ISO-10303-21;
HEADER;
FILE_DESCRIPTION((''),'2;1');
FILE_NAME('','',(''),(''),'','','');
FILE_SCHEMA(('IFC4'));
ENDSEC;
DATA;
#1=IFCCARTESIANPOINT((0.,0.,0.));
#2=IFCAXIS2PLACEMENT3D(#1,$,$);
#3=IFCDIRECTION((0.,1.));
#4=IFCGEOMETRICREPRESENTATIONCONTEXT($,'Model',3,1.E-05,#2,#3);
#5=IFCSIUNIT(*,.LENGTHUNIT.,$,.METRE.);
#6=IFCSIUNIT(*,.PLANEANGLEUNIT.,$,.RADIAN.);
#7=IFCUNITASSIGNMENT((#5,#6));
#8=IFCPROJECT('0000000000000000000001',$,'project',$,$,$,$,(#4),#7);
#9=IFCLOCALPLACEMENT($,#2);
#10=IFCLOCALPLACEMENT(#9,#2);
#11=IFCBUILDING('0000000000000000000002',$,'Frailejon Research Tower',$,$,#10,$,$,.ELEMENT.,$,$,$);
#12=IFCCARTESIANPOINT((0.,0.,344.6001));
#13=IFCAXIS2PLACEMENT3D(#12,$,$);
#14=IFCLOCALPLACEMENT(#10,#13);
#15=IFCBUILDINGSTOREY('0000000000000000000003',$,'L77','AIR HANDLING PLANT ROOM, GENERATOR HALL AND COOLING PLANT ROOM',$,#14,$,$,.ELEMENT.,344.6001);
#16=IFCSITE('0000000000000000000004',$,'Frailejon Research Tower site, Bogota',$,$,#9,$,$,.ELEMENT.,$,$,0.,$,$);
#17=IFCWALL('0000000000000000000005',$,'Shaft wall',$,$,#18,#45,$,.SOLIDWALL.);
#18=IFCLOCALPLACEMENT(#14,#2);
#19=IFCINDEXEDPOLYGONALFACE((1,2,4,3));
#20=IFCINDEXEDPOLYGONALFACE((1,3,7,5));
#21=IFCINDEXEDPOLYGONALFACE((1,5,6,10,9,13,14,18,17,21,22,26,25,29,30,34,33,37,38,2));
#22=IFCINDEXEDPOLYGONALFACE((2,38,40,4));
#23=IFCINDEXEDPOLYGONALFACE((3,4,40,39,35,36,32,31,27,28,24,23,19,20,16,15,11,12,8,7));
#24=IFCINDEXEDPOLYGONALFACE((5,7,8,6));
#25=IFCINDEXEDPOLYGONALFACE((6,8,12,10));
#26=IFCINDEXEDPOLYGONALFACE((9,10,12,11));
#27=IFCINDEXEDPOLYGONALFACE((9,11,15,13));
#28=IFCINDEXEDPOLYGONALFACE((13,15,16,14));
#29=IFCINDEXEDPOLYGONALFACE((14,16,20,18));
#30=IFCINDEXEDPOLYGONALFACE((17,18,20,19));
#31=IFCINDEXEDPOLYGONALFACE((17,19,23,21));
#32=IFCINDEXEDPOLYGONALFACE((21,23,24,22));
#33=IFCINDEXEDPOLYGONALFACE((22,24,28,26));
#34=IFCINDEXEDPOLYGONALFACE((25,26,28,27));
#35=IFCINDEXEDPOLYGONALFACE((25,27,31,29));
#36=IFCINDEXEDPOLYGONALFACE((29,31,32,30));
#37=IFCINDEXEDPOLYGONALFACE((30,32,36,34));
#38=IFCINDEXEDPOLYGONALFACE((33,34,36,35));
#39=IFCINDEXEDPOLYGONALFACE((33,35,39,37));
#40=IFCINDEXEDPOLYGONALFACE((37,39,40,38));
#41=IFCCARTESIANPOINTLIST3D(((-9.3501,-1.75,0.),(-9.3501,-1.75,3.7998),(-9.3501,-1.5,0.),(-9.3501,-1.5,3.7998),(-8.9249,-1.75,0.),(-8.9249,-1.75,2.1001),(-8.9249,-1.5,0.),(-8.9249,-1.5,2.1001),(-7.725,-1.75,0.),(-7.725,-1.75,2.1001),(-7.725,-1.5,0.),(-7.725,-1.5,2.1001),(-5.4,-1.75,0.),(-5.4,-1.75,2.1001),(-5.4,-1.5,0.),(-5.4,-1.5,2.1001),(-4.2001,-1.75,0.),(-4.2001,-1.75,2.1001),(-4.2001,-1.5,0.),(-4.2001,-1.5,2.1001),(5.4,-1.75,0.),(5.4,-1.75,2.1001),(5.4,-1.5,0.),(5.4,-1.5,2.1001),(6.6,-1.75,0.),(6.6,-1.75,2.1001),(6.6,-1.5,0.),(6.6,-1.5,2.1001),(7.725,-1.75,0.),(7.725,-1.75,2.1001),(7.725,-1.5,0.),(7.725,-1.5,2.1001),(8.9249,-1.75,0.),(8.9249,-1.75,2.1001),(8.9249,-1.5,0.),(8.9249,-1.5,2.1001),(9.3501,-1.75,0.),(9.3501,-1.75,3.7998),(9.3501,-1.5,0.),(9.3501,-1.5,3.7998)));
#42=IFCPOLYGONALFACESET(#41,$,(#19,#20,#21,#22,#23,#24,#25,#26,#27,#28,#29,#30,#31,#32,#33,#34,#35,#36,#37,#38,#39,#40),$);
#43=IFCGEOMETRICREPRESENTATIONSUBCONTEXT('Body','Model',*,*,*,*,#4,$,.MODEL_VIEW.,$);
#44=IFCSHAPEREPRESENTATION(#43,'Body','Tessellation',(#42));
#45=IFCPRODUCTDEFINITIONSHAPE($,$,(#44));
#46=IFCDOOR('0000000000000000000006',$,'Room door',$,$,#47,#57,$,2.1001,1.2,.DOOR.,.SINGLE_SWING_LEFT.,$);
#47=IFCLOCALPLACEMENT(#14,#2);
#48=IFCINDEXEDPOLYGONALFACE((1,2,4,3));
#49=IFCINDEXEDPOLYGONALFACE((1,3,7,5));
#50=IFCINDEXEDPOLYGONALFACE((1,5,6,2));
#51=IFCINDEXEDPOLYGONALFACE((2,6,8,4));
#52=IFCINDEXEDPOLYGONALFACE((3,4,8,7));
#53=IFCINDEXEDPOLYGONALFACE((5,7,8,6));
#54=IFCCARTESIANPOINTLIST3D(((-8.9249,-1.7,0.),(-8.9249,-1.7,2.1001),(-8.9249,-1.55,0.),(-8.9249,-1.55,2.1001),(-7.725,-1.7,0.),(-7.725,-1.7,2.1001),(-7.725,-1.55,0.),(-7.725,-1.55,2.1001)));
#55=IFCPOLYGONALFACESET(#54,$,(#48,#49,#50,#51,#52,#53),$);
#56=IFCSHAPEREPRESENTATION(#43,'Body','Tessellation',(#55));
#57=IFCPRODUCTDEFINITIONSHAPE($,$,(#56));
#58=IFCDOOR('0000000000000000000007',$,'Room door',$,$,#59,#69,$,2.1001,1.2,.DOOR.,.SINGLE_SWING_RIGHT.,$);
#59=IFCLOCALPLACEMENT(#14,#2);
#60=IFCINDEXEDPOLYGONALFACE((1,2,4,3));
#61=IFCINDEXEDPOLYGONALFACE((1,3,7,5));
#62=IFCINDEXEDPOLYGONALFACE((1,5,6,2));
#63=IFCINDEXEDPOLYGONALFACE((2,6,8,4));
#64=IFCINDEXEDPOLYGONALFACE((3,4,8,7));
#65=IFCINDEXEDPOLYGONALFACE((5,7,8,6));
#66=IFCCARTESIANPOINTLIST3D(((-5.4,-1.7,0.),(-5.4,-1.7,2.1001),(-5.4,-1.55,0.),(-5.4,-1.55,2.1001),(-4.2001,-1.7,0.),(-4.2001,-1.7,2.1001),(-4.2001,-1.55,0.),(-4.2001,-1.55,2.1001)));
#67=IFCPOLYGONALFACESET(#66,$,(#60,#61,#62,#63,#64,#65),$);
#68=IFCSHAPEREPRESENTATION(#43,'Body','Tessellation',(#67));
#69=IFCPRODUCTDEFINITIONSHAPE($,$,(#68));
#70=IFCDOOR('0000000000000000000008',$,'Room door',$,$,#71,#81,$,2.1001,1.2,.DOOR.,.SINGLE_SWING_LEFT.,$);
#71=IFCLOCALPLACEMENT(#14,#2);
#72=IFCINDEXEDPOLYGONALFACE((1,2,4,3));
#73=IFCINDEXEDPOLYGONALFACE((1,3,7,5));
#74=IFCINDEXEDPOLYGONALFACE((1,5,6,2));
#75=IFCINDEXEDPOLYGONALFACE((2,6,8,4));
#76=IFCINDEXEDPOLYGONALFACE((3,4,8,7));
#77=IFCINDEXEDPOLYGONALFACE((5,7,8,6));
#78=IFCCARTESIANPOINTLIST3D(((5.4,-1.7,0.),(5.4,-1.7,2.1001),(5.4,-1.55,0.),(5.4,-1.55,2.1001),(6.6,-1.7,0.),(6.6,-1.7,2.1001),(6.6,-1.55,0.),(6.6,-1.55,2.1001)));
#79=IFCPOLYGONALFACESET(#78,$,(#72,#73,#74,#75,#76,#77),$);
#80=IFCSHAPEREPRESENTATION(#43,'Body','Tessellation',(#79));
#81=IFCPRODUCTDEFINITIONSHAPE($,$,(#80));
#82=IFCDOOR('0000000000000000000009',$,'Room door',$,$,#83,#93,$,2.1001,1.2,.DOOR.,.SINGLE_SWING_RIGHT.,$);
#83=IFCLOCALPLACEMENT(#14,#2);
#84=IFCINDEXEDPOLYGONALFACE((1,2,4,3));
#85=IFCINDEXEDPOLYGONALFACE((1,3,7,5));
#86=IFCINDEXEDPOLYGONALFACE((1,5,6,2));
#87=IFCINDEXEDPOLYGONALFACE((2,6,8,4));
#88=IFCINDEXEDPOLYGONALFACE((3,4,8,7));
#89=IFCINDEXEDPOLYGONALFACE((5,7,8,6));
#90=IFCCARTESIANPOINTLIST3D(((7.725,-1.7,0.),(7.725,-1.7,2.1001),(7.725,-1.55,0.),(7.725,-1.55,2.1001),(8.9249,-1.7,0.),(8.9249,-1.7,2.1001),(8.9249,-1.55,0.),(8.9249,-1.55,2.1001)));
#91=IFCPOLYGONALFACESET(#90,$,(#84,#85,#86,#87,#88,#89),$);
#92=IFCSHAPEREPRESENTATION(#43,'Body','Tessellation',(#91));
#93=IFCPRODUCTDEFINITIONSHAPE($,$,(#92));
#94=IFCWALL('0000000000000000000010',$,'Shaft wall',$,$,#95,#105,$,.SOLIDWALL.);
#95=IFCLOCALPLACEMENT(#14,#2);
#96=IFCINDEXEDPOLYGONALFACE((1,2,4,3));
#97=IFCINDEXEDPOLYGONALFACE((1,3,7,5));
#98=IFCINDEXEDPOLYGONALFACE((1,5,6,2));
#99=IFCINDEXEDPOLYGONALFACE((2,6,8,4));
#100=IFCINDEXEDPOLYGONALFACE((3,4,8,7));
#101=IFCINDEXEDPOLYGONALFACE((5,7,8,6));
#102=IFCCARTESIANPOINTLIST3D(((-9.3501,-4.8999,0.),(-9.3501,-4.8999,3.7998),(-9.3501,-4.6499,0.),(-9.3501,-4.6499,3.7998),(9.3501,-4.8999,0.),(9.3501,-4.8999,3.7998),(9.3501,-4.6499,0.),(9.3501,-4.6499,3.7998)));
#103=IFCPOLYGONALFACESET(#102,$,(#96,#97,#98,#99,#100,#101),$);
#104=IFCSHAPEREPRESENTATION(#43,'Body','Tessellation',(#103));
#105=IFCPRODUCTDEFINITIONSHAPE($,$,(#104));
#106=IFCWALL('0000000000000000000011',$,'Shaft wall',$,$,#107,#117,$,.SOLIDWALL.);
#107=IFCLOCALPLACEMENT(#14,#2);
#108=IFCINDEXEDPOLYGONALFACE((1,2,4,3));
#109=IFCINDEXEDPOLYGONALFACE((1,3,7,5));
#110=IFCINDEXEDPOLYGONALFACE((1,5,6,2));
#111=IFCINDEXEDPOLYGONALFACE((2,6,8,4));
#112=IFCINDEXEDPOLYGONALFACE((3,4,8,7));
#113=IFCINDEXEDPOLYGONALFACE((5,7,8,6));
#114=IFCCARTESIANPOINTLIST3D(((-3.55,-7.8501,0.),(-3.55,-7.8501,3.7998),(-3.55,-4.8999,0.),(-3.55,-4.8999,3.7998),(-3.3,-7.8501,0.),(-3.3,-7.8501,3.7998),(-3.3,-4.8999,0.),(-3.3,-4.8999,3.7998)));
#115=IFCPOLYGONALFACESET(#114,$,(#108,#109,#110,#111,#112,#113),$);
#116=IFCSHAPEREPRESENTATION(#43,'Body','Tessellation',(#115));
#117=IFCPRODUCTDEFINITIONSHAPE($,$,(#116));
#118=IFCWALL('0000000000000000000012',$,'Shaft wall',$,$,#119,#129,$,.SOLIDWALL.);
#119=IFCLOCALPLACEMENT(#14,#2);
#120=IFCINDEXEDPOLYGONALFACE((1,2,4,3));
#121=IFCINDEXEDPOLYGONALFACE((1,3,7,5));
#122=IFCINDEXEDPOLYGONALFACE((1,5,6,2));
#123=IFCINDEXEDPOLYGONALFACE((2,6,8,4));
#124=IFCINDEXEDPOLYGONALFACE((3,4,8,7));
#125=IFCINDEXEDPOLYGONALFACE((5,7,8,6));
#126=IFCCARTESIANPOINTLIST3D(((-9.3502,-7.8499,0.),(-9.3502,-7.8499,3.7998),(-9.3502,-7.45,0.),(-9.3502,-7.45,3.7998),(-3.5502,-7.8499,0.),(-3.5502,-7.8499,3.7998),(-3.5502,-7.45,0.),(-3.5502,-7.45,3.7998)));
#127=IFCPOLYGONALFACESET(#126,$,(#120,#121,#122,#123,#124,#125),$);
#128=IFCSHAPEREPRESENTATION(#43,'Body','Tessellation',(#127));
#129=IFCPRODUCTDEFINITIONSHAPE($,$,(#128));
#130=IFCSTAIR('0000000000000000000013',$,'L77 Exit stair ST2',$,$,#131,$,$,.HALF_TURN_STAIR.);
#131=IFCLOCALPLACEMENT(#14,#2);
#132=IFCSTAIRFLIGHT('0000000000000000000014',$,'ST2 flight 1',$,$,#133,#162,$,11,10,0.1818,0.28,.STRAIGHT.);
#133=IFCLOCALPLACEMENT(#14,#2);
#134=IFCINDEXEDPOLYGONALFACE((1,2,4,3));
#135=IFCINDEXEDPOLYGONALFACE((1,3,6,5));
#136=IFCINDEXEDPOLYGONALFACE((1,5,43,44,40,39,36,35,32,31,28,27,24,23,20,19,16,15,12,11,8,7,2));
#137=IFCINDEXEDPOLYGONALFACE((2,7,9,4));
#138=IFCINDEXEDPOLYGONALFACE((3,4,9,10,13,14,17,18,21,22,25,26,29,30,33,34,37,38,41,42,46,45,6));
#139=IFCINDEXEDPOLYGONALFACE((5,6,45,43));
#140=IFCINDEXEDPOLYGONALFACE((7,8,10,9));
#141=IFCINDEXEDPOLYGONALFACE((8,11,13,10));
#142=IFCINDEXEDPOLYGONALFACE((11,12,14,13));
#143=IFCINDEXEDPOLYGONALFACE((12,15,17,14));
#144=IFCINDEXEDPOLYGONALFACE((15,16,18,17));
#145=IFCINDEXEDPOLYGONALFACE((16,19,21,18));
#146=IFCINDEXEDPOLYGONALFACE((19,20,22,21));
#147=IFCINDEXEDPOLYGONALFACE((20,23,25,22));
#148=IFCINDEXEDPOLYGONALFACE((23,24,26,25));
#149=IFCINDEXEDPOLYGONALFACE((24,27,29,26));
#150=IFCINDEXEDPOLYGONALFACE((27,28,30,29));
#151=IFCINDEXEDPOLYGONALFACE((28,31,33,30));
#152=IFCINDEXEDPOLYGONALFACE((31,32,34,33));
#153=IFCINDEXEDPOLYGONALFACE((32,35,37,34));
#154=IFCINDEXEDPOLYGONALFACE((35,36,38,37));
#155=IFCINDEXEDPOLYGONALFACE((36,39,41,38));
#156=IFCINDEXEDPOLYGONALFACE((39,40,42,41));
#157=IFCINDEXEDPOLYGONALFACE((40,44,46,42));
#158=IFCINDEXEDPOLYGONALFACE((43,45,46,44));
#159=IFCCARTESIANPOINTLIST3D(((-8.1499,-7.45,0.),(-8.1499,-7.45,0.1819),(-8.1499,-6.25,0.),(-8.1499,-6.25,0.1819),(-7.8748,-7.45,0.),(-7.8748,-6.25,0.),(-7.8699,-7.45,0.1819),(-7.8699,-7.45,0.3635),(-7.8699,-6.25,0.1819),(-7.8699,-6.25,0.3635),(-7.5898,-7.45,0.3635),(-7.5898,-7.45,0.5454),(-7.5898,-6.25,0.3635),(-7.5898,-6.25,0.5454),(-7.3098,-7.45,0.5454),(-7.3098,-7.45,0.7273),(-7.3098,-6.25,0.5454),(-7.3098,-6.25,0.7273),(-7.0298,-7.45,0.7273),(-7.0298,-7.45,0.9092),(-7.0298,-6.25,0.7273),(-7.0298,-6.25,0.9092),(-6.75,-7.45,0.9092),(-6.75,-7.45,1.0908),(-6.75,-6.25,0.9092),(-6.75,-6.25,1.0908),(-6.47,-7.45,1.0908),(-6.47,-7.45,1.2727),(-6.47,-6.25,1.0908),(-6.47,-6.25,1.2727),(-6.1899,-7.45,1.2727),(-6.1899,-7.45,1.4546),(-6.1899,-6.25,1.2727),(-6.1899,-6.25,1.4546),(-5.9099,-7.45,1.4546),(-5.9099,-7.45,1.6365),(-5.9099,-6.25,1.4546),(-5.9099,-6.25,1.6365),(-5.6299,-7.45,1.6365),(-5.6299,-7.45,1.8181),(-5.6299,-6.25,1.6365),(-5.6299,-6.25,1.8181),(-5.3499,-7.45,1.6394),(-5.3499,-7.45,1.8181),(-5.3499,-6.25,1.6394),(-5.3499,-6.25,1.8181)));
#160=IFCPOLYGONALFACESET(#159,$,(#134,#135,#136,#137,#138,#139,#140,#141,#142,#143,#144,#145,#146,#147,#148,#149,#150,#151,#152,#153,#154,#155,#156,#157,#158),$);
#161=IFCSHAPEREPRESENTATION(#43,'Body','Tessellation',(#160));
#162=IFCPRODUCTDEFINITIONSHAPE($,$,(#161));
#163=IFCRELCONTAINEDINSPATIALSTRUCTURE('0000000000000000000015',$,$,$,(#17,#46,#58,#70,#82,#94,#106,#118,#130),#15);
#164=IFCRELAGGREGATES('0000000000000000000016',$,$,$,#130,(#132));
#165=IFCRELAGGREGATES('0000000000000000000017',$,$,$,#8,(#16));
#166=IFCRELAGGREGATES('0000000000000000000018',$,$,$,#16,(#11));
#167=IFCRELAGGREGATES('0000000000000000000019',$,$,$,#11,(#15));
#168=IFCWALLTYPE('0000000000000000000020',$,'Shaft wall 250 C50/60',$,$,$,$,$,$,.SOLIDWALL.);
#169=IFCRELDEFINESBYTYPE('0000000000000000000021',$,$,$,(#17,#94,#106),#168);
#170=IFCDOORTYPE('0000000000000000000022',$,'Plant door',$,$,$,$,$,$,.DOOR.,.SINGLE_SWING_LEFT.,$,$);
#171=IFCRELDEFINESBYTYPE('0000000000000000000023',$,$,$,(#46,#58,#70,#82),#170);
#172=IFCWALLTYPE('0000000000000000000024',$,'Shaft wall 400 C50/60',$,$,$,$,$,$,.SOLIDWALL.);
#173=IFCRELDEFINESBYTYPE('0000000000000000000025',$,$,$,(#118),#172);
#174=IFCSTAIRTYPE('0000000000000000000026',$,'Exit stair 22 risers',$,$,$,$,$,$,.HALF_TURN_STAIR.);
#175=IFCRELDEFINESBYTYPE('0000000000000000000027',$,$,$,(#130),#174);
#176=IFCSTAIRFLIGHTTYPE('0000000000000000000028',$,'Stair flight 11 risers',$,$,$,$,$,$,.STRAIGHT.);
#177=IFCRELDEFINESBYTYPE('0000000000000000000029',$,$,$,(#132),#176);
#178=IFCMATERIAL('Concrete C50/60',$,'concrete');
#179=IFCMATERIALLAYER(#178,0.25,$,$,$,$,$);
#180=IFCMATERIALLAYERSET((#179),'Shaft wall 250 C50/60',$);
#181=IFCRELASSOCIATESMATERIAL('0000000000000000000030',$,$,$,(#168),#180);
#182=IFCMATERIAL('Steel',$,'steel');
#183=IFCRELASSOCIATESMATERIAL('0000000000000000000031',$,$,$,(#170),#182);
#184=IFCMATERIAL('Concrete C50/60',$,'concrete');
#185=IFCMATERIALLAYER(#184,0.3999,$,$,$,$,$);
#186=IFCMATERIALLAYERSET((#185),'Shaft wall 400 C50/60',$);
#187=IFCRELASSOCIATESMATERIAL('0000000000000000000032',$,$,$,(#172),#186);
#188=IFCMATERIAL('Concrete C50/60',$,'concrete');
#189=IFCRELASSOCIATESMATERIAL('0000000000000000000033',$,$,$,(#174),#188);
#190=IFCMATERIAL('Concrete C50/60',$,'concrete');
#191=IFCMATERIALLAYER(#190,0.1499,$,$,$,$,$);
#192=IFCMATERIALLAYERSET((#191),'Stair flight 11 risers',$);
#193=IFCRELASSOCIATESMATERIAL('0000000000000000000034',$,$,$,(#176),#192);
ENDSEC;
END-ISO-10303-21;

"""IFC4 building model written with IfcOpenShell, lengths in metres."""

from ifc_helpers import new_model, si_unit, direction, frame, frame_2d, origin, place, context, subcontext, project, spatial, polyline, rectangle, outline, extrude, material, layer, layer_set, type_object, element, fill, aggregate, save


model = new_model("IFC4")

# Units and contexts
model_context = context("Model", 3, precision=1e-05, world=origin(), true_north=direction((0.0, 1.0)))
body_context = subcontext(model_context, "Body", "Model", "MODEL_VIEW")
ifc_project = project(units=[si_unit("LENGTHUNIT", "METRE"), si_unit("PLANEANGLEUNIT", "RADIAN")], contexts=[model_context])

# Site, building, storey
site_placement = place(None, origin())
site = spatial("IfcSite", under=ifc_project, at=site_placement, Name="Frailejon Research Tower site, Bogota", CompositionType="ELEMENT", RefElevation=0.0)
building_placement = place(site_placement, origin())
building = spatial("IfcBuilding", under=site, at=building_placement, Name="Frailejon Research Tower", CompositionType="ELEMENT")
storey_placement = place(building_placement, frame((0.0, 0.0, 344.6001)))
storey = spatial("IfcBuildingStorey", under=building, at=storey_placement, Name="L77", Description="AIR HANDLING PLANT ROOM, GENERATOR HALL AND COOLING PLANT ROOM", CompositionType="ELEMENT", Elevation=344.6001)

# Wall, openings, doors
ifc_material_1 = material(Name="Concrete C50/60", Category="concrete")
ifc_layer_1 = layer(ifc_material_1, 0.25)
ifc_layer_set_1 = layer_set([ifc_layer_1], Name="Shaft wall 250 C50/60")
wall_type_1 = type_object("IfcWallType", Name="Shaft wall 250 C50/60", PredefinedType="SOLIDWALL", material=ifc_layer_set_1)
ifc_material_2 = material(Name="Steel", Category="steel")
door_type_1 = type_object("IfcDoorType", Name="Plant door", OperationType="SINGLE_SWING_LEFT", PredefinedType="DOOR", material=ifc_material_2)
wall_1_placement = place(storey_placement, frame((-9.3501, -1.625, 0.0), z_axis=(0.0, 0.0, 1.0), x_axis=(1.0, 0.0, 0.0)))
wall_1 = element("IfcWall", 1, at=wall_1_placement, inside=storey, type_object=wall_type_1, Name="Shaft wall", PredefinedType="SOLIDWALL", context=body_context, shape_type="SweptSolid", body=[
    extrude(rectangle(XDim=18.7002, YDim=0.25, at=frame_2d((9.3501, 0.0))), origin(), (0.0, 0.0, 1.0), 3.7998),
])
opening_1_placement = place(wall_1_placement, frame((0.425, 0.0, 0.0)))
opening_1 = element("IfcOpeningElement", 2, at=opening_1_placement, cuts=wall_1, PredefinedType="OPENING", context=body_context, shape_type="SweptSolid", body=[
    extrude(rectangle(XDim=1.2, YDim=2.1001, at=frame_2d((0.6001, 1.05))), frame((0.0, 0.135, 0.0), z_axis=(0.0, -1.0, 0.0), x_axis=(1.0, 0.0, 0.0)), (0.0, 0.0, 1.0), 0.27),
])
opening_2_placement = place(wall_1_placement, frame((3.95, 0.0, 0.0)))
opening_2 = element("IfcOpeningElement", 3, at=opening_2_placement, cuts=wall_1, PredefinedType="OPENING", context=body_context, shape_type="SweptSolid", body=[
    extrude(rectangle(XDim=1.2, YDim=2.1001, at=frame_2d((0.6001, 1.05))), frame((0.0, 0.135, 0.0), z_axis=(0.0, -1.0, 0.0), x_axis=(1.0, 0.0, 0.0)), (0.0, 0.0, 1.0), 0.27),
])
opening_3_placement = place(wall_1_placement, frame((14.75, 0.0, 0.0)))
opening_3 = element("IfcOpeningElement", 4, at=opening_3_placement, cuts=wall_1, PredefinedType="OPENING", context=body_context, shape_type="SweptSolid", body=[
    extrude(rectangle(XDim=1.2, YDim=2.1001, at=frame_2d((0.6001, 1.05))), frame((0.0, 0.135, 0.0), z_axis=(0.0, -1.0, 0.0), x_axis=(1.0, 0.0, 0.0)), (0.0, 0.0, 1.0), 0.27),
])
opening_4_placement = place(wall_1_placement, frame((17.075, 0.0, 0.0)))
opening_4 = element("IfcOpeningElement", 5, at=opening_4_placement, cuts=wall_1, PredefinedType="OPENING", context=body_context, shape_type="SweptSolid", body=[
    extrude(rectangle(XDim=1.2, YDim=2.1001, at=frame_2d((0.6001, 1.05))), frame((0.0, 0.135, 0.0), z_axis=(0.0, -1.0, 0.0), x_axis=(1.0, 0.0, 0.0)), (0.0, 0.0, 1.0), 0.27),
])
door_1_placement = place(opening_1_placement, origin())
door_1 = element("IfcDoor", 6, at=door_1_placement, inside=storey, type_object=door_type_1, Name="Room door", OperationType="SINGLE_SWING_LEFT", OverallHeight=2.1001, OverallWidth=1.2, PredefinedType="DOOR", context=body_context, shape_type="SweptSolid", body=[
    extrude(rectangle(XDim=1.2, YDim=2.1001, at=frame_2d((0.6001, 1.05))), frame((0.0, 0.075, 0.0), z_axis=(0.0, -1.0, 0.0), x_axis=(1.0, 0.0, 0.0)), (0.0, 0.0, 1.0), 0.1499),
])
fill(opening_1, door_1)
door_2_placement = place(opening_2_placement, origin())
door_2 = element("IfcDoor", 7, at=door_2_placement, inside=storey, type_object=door_type_1, Name="Room door", OperationType="SINGLE_SWING_RIGHT", OverallHeight=2.1001, OverallWidth=1.2, PredefinedType="DOOR", context=body_context, shape_type="SweptSolid", body=[
    extrude(rectangle(XDim=1.2, YDim=2.1001, at=frame_2d((0.6001, 1.05))), frame((0.0, 0.075, 0.0), z_axis=(0.0, -1.0, 0.0), x_axis=(1.0, 0.0, 0.0)), (0.0, 0.0, 1.0), 0.1499),
])
fill(opening_2, door_2)
door_3_placement = place(opening_3_placement, origin())
door_3 = element("IfcDoor", 8, at=door_3_placement, inside=storey, type_object=door_type_1, Name="Room door", OperationType="SINGLE_SWING_LEFT", OverallHeight=2.1001, OverallWidth=1.2, PredefinedType="DOOR", context=body_context, shape_type="SweptSolid", body=[
    extrude(rectangle(XDim=1.2, YDim=2.1001, at=frame_2d((0.6001, 1.05))), frame((0.0, 0.075, 0.0), z_axis=(0.0, -1.0, 0.0), x_axis=(1.0, 0.0, 0.0)), (0.0, 0.0, 1.0), 0.1499),
])
fill(opening_3, door_3)
door_4_placement = place(opening_4_placement, origin())
door_4 = element("IfcDoor", 9, at=door_4_placement, inside=storey, type_object=door_type_1, Name="Room door", OperationType="SINGLE_SWING_RIGHT", OverallHeight=2.1001, OverallWidth=1.2, PredefinedType="DOOR", context=body_context, shape_type="SweptSolid", body=[
    extrude(rectangle(XDim=1.2, YDim=2.1001, at=frame_2d((0.6001, 1.05))), frame((0.0, 0.075, 0.0), z_axis=(0.0, -1.0, 0.0), x_axis=(1.0, 0.0, 0.0)), (0.0, 0.0, 1.0), 0.1499),
])
fill(opening_4, door_4)

# Walls
wall_2_placement = place(storey_placement, frame((-9.3501, -4.7749, 0.0), z_axis=(0.0, 0.0, 1.0), x_axis=(1.0, 0.0, 0.0)))
element("IfcWall", 10, at=wall_2_placement, inside=storey, type_object=wall_type_1, Name="Shaft wall", PredefinedType="SOLIDWALL", context=body_context, shape_type="SweptSolid", body=[
    extrude(rectangle(XDim=18.7002, YDim=0.25, at=frame_2d((9.3501, 0.0))), origin(), (0.0, 0.0, 1.0), 3.7998),
])
wall_3_placement = place(storey_placement, frame((-3.425, -7.8501, 0.0), z_axis=(0.0, 0.0, 1.0), x_axis=(0.0, 1.0, 0.0)))
element("IfcWall", 11, at=wall_3_placement, inside=storey, type_object=wall_type_1, Name="Shaft wall", PredefinedType="SOLIDWALL", context=body_context, shape_type="SweptSolid", body=[
    extrude(rectangle(XDim=2.9502, YDim=0.25, at=frame_2d((1.4751, 0.0))), origin(), (0.0, 0.0, 1.0), 3.7998),
])
ifc_material_3 = material(Name="Concrete C50/60", Category="concrete")
ifc_layer_2 = layer(ifc_material_3, 0.3999)
ifc_layer_set_2 = layer_set([ifc_layer_2], Name="Shaft wall 400 C50/60")
wall_type_2 = type_object("IfcWallType", Name="Shaft wall 400 C50/60", PredefinedType="SOLIDWALL", material=ifc_layer_set_2)
wall_4_placement = place(storey_placement, frame((-9.3501, -7.6499, 0.0), z_axis=(0.0, 0.0, 1.0), x_axis=(1.0, 0.0, 0.0)))
element("IfcWall", 12, at=wall_4_placement, inside=storey, type_object=wall_type_2, Name="Shaft wall", PredefinedType="SOLIDWALL", context=body_context, shape_type="SweptSolid", body=[
    extrude(rectangle(XDim=5.8, YDim=0.3999, at=frame_2d((2.8999, 0.0))), origin(), (0.0, 0.0, 1.0), 3.7998),
])

# Stair, stair flight
ifc_material_4 = material(Name="Concrete C50/60", Category="concrete")
stair_type = type_object("IfcStairType", Name="Exit stair 22 risers", PredefinedType="HALF_TURN_STAIR", material=ifc_material_4)
stair_placement = place(storey_placement, origin())
stair = element("IfcStair", 13, at=stair_placement, inside=storey, type_object=stair_type, Name="L77 Exit stair ST2", PredefinedType="HALF_TURN_STAIR")
ifc_material_5 = material(Name="Concrete C50/60", Category="concrete")
ifc_layer_3 = layer(ifc_material_5, 0.1499)
ifc_layer_set_3 = layer_set([ifc_layer_3], Name="Stair flight 11 risers")
stair_flight_type = type_object("IfcStairFlightType", Name="Stair flight 11 risers", PredefinedType="STRAIGHT", material=ifc_layer_set_3)
stair_flight_1_placement = place(storey_placement, frame((-8.1499, -6.8501, 0.0), z_axis=(0.0, 0.0, 1.0), x_axis=(1.0, 0.0, 0.0)))
stair_flight_1 = element("IfcStairFlight", 14, at=stair_flight_1_placement, type_object=stair_flight_type, Name="ST2 flight 1", NumberOfRisers=11, NumberOfTreads=10, PredefinedType="STRAIGHT", RiserHeight=0.1818, TreadLength=0.28, context=body_context, shape_type="SweptSolid", body=[
    extrude(outline(polyline([(0.0, 0.0), (0.0, 0.1819), (0.28, 0.1819), (0.28, 0.3635), (0.5601, 0.3635), (0.5601, 0.5454), (0.8401, 0.5454), (0.8401, 0.7273), (1.1201, 0.7273), (1.1201, 0.9092), (1.3999, 0.9092), (1.3999, 1.0908), (1.6799, 1.0908), (1.6799, 1.2727), (1.96, 1.2727), (1.96, 1.4546), (2.24, 1.4546), (2.24, 1.6365), (2.52, 1.6365), (2.52, 1.8181), (2.8, 1.8181), (2.8, 2.0), (2.8, 1.6394), (0.2751, 0.0), (0.0, 0.0)])), frame((0.0, 0.6001, 0.0), z_axis=(0.0, -1.0, 0.0), x_axis=(1.0, 0.0, 0.0)), (0.0, 0.0, 1.0), 1.2),
])
aggregate(stair, [stair_flight_1])

save(model, "model.ifc")
